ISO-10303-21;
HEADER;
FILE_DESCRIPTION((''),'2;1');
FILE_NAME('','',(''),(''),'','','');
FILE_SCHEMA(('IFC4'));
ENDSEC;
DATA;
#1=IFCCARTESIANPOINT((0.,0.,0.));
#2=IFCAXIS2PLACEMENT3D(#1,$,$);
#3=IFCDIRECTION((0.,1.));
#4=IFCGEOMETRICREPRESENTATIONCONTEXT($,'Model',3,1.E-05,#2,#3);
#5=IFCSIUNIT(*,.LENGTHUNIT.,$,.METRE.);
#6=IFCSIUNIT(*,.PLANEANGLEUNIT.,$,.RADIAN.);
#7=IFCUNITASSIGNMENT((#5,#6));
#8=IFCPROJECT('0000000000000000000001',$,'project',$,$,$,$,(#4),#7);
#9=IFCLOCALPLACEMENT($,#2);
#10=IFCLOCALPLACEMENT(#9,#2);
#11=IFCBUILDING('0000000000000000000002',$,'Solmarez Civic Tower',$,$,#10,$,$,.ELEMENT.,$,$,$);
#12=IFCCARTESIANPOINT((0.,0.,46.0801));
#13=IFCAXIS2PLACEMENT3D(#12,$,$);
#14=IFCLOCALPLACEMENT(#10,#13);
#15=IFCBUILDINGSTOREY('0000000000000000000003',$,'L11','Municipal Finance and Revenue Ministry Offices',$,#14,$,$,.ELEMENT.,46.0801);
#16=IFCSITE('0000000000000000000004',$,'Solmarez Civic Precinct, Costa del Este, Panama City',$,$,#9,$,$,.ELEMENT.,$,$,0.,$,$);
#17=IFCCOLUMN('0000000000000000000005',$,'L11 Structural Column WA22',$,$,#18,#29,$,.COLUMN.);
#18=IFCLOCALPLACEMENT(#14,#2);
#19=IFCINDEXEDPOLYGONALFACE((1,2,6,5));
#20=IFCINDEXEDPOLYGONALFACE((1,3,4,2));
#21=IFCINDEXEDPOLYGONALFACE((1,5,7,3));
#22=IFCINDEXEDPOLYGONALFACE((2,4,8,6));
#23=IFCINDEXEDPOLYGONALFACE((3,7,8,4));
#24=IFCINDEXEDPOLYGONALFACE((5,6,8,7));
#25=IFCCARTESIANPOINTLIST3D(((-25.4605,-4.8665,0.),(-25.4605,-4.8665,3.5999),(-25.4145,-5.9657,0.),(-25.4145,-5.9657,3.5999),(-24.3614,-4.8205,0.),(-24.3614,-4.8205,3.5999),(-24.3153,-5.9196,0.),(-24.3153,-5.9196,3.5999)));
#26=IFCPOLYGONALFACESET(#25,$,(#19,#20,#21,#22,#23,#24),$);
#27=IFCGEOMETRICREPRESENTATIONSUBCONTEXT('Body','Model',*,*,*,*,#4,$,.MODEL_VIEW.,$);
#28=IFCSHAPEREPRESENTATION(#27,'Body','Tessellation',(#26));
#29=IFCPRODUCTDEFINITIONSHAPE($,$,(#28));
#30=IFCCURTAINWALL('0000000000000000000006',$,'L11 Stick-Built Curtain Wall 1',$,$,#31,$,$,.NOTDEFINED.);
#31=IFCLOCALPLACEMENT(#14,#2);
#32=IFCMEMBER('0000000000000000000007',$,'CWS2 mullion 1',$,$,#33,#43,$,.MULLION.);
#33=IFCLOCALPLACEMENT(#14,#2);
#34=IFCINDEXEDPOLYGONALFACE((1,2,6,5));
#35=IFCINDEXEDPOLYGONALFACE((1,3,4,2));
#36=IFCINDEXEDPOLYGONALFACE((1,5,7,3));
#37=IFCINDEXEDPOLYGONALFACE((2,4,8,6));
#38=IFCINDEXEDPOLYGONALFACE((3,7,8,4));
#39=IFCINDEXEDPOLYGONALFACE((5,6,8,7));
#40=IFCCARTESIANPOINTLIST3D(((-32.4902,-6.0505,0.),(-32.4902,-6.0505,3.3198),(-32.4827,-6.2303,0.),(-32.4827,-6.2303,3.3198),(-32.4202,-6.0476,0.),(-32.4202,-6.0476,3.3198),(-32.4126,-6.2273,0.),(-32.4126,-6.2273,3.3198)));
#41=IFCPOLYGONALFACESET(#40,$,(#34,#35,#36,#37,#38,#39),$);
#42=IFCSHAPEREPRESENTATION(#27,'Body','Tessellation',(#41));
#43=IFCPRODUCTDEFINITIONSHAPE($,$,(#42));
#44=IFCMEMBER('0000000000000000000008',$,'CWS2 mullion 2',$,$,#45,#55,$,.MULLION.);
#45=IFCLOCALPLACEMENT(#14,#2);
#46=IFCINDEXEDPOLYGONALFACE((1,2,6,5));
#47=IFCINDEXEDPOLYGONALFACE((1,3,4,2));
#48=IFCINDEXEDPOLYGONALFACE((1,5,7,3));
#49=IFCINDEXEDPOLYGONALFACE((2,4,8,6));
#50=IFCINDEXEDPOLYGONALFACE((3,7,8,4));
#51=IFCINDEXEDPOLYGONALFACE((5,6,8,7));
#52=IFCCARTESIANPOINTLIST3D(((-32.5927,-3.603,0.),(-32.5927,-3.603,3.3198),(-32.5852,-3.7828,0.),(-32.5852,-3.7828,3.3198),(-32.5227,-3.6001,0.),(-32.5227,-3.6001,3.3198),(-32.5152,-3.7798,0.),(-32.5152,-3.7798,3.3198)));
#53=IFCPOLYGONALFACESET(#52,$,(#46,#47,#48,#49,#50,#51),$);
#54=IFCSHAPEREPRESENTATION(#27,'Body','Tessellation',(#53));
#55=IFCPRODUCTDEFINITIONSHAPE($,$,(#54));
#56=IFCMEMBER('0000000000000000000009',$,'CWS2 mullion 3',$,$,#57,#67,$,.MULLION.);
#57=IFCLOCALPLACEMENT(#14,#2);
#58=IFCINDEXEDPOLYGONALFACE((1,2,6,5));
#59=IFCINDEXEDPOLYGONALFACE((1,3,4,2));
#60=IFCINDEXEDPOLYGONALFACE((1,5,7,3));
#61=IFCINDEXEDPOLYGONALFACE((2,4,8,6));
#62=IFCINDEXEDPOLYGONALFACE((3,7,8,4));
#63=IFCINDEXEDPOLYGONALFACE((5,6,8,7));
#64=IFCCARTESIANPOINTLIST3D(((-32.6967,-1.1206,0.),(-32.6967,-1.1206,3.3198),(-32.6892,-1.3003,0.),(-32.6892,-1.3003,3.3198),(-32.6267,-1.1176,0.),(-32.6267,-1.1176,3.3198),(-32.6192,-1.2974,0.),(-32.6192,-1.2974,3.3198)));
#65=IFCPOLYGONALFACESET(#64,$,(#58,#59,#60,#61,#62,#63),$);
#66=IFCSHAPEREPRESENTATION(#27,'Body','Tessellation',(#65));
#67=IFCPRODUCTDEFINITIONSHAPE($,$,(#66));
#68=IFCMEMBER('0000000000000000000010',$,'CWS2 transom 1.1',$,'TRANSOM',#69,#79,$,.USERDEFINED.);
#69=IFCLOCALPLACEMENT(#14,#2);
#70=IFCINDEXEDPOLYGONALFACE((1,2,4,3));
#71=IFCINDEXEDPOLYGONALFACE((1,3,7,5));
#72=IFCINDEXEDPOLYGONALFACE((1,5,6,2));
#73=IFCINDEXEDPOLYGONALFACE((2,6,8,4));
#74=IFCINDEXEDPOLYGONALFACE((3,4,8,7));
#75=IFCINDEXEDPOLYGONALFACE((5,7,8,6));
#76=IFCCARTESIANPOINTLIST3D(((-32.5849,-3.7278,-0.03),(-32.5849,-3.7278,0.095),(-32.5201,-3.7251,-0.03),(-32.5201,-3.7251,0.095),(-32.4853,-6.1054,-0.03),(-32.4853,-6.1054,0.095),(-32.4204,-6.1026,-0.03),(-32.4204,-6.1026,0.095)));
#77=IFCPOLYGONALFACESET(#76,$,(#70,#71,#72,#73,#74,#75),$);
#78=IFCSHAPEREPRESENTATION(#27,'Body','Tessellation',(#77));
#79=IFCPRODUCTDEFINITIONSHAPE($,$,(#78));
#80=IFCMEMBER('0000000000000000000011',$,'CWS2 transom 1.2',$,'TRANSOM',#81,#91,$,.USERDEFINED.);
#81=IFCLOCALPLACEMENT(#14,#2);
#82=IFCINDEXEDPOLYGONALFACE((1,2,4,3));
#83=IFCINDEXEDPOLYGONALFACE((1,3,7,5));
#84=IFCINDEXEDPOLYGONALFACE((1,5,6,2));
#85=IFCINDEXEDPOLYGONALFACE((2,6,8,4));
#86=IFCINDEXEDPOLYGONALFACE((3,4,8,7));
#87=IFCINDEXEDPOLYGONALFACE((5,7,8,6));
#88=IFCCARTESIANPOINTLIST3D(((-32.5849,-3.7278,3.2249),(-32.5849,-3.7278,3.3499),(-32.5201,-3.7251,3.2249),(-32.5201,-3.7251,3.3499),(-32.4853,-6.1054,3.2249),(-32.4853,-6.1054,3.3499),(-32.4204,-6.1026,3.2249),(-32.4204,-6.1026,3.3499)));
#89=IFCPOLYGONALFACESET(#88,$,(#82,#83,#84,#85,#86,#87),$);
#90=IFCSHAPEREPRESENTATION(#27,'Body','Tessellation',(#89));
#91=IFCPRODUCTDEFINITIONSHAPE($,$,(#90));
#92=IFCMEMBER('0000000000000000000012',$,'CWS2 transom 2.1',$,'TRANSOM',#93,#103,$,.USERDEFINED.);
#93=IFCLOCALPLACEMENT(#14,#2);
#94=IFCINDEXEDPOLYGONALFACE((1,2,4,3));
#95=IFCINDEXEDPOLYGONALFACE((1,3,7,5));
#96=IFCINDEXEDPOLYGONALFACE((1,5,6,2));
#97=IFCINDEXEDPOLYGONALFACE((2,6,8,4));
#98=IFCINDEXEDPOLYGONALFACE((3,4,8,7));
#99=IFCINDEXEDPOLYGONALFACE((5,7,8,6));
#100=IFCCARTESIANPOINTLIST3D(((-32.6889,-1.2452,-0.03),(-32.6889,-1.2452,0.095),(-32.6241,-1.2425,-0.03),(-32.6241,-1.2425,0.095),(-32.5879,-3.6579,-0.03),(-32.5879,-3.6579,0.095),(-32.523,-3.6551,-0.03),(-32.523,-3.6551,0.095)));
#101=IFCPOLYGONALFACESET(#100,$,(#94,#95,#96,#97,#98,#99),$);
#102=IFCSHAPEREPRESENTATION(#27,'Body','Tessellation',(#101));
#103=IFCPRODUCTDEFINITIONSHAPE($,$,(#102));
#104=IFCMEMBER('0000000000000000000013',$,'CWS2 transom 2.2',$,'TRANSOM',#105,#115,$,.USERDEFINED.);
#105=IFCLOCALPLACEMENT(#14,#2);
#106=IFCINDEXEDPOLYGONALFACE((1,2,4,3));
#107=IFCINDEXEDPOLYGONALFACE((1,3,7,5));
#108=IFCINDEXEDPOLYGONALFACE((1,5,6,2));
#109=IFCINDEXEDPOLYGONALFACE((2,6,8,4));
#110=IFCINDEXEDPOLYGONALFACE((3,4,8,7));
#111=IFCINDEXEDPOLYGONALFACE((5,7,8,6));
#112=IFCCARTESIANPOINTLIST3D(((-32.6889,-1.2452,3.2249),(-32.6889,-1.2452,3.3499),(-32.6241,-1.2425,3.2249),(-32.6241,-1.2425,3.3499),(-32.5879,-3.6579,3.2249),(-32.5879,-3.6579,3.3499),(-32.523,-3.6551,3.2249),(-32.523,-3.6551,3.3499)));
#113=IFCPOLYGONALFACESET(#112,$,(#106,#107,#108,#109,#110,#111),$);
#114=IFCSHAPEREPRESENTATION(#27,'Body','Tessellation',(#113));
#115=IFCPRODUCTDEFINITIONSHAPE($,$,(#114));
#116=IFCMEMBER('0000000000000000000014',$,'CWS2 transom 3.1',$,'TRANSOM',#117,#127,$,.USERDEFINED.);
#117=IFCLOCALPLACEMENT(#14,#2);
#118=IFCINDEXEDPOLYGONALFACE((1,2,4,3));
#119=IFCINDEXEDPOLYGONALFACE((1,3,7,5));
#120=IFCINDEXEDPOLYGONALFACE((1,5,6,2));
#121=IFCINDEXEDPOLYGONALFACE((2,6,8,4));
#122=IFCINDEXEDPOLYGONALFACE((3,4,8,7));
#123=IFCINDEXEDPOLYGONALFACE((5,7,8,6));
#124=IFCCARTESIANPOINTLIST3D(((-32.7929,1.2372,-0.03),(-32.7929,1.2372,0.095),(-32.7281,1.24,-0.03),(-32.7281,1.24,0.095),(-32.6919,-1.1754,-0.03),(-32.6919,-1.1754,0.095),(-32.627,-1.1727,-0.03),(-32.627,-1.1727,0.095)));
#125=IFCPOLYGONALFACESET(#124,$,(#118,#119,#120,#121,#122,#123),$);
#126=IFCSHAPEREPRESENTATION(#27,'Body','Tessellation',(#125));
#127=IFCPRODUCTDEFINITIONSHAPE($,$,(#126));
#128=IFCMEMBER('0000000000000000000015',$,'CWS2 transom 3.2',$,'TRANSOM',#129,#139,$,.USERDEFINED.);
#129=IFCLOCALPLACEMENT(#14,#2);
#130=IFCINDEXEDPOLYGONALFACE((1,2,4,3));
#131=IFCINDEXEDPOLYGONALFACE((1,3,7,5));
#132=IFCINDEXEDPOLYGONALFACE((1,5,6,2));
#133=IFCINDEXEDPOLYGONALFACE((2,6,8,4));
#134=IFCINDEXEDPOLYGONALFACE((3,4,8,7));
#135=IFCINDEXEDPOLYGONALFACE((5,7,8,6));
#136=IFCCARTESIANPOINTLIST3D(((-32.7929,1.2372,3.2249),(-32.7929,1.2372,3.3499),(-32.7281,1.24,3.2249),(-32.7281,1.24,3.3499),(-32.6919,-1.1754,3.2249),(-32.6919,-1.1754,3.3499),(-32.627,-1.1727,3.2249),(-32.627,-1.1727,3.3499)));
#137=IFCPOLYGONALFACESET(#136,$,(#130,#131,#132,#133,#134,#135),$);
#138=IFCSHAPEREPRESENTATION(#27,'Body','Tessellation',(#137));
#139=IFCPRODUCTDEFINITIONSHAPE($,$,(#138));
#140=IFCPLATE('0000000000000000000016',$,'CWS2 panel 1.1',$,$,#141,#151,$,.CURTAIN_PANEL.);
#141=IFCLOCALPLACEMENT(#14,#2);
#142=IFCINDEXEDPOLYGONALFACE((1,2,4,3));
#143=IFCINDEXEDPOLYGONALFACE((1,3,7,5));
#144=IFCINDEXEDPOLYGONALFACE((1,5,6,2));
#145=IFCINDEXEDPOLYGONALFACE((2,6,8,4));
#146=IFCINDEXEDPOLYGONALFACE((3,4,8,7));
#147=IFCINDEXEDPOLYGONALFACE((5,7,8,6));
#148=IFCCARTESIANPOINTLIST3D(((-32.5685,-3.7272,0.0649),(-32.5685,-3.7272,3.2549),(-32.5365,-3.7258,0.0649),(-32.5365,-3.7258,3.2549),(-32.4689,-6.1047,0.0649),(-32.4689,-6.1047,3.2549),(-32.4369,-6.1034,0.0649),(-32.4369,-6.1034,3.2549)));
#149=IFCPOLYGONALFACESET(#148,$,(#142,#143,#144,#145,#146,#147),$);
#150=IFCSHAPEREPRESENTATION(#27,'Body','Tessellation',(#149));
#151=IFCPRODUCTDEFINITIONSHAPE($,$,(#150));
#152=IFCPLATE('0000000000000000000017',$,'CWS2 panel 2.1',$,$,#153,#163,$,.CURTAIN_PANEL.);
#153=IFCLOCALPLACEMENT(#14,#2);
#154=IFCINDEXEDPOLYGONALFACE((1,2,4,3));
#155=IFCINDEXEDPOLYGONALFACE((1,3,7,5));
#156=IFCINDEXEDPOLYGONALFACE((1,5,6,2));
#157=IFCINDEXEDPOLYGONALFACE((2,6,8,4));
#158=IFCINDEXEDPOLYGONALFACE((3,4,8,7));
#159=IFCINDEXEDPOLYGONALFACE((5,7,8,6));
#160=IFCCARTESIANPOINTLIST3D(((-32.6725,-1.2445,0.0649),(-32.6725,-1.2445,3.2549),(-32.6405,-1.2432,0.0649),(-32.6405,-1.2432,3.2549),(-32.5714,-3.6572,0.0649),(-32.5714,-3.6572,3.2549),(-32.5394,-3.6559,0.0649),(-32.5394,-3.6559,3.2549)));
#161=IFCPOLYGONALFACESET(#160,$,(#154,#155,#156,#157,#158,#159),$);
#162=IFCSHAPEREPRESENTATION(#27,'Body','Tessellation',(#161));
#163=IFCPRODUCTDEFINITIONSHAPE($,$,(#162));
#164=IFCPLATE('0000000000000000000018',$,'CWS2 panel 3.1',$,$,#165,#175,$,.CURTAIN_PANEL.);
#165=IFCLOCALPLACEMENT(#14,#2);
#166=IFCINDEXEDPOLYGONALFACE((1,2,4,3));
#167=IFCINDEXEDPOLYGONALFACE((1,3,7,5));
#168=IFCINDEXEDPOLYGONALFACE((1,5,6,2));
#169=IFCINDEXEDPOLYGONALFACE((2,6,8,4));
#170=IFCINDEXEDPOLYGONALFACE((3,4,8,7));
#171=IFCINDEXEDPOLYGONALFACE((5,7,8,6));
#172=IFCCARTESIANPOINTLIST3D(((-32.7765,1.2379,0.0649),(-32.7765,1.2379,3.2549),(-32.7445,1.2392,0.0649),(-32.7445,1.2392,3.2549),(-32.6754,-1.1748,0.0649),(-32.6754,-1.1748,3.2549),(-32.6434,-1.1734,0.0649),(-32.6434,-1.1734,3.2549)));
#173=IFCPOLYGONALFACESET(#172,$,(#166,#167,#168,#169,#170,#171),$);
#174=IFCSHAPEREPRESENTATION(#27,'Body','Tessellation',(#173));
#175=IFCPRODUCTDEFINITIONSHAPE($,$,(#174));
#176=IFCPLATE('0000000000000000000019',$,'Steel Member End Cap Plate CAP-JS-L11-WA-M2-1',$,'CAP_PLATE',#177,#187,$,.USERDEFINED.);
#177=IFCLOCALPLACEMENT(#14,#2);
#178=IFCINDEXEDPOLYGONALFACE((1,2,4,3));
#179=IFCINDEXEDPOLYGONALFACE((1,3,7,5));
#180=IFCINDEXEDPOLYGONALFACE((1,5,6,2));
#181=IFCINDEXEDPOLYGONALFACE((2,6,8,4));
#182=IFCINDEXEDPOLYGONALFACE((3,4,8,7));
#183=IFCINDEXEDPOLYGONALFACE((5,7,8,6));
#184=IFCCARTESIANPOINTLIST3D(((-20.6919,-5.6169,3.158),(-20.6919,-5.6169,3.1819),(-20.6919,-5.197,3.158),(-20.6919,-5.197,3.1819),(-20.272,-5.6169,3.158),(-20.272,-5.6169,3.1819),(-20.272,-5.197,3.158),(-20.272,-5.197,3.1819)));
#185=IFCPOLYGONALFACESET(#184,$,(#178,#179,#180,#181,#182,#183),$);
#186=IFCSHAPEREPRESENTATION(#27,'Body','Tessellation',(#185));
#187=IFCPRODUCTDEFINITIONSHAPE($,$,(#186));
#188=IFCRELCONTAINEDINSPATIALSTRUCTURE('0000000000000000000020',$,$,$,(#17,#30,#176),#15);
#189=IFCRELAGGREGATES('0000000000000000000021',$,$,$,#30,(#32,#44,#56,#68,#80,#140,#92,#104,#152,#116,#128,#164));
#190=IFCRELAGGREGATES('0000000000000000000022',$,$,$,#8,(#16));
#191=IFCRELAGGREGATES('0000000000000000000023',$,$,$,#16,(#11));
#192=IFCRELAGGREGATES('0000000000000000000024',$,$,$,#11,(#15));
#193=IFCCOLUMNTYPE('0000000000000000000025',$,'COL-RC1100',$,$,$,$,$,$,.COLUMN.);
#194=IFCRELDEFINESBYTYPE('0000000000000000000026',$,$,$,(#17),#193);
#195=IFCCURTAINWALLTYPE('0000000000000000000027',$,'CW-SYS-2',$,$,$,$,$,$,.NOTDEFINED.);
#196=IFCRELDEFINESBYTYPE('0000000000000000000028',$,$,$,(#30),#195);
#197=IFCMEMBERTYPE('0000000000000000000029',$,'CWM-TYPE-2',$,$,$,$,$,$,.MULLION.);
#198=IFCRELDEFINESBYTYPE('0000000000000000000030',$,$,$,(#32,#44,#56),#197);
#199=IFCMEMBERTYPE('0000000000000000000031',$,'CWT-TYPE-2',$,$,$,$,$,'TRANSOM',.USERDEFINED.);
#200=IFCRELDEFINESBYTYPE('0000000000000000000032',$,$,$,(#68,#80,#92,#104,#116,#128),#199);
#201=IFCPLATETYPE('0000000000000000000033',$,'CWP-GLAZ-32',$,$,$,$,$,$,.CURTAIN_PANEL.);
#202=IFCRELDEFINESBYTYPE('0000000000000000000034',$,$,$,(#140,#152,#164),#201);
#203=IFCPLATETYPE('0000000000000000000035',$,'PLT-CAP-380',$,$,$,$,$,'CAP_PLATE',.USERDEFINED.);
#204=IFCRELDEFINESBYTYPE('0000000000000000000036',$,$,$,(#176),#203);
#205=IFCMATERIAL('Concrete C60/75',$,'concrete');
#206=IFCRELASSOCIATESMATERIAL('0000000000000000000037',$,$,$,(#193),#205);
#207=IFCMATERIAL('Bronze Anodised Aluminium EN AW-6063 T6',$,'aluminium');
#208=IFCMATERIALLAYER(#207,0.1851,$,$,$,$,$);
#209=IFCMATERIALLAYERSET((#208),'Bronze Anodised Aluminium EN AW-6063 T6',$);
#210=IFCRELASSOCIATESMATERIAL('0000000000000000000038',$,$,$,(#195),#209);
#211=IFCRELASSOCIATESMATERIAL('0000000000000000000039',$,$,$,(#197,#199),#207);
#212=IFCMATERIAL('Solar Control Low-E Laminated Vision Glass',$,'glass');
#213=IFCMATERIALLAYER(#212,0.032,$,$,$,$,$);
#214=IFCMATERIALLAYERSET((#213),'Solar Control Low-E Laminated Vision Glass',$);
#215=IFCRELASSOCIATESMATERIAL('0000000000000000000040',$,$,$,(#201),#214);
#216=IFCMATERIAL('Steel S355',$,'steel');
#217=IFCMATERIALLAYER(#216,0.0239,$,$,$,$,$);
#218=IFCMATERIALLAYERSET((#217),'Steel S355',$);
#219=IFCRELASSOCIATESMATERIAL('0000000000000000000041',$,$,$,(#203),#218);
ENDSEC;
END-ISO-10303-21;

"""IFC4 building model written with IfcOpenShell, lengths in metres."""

from ifc_helpers import new_model, si_unit, direction, frame, origin, origin_2d, place, context, subcontext, project, spatial, rectangle, extrude, material, layer, layer_set, material_profile, profile_set, type_object, element, aggregate, save


model = new_model("IFC4")

# Units and contexts
model_context = context("Model", 3, precision=1e-05, world=origin(), true_north=direction((0.0, 1.0)))
body_context = subcontext(model_context, "Body", "Model", "MODEL_VIEW")
ifc_project = project(units=[si_unit("LENGTHUNIT", "METRE"), si_unit("PLANEANGLEUNIT", "RADIAN")], contexts=[model_context])

# Site, building, storey
site_placement = place(None, origin())
site = spatial("IfcSite", under=ifc_project, at=site_placement, Name="Solmarez Civic Precinct, Costa del Este, Panama City", CompositionType="ELEMENT", RefElevation=0.0)
building_placement = place(site_placement, origin())
building = spatial("IfcBuilding", under=site, at=building_placement, Name="Solmarez Civic Tower", CompositionType="ELEMENT")
storey_placement = place(building_placement, frame((0.0, 0.0, 46.0801)))
storey = spatial("IfcBuildingStorey", under=building, at=storey_placement, Name="L11", Description="Municipal Finance and Revenue Ministry Offices", CompositionType="ELEMENT", Elevation=46.0801)

# Column
ifc_material_1 = material(Name="Concrete C60/75", Category="concrete")
ifc_material_profile_1 = material_profile(ifc_material_1, rectangle(XDim=1.1001, YDim=1.1001, at=origin_2d()), Name="RC1100X1100")
ifc_profile_set_1 = profile_set([ifc_material_profile_1], Name="Concrete C60/75")
column_type = type_object("IfcColumnType", Name="COL-RC1100", PredefinedType="COLUMN", material=ifc_profile_set_1)
column_placement = place(storey_placement, frame((-24.8879, -5.3931, 0.0), z_axis=(0.0, 0.0, 1.0), x_axis=(0.999123, 0.041876, 0.0)))
element("IfcColumn", 1, at=column_placement, inside=storey, type_object=column_type, Name="L11 Structural Column WA22", PredefinedType="COLUMN", context=body_context, shape_type="SweptSolid", body=[
    extrude(rectangle(XDim=1.1001, YDim=1.1001, at=origin_2d()), origin(), (0.0, 0.0, 1.0), 3.5999),
])

# Curtain wall, members, plates
ifc_material_2 = material(Name="Bronze Anodised Aluminium EN AW-6063 T6", Category="aluminium")
ifc_layer_1 = layer(ifc_material_2, 0.1851)
ifc_layer_set_1 = layer_set([ifc_layer_1], Name="Bronze Anodised Aluminium EN AW-6063 T6")
curtain_wall_type = type_object("IfcCurtainWallType", Name="CW-SYS-2", PredefinedType="NOTDEFINED", material=ifc_layer_set_1)
curtain_wall_placement = place(storey_placement, origin())
curtain_wall = element("IfcCurtainWall", 2, at=curtain_wall_placement, inside=storey, type_object=curtain_wall_type, Name="L11 Stick-Built Curtain Wall 1", PredefinedType="NOTDEFINED")
ifc_material_profile_2 = material_profile(ifc_material_2, rectangle(XDim=0.0701, YDim=0.1799, at=origin_2d()), Name="CWM-70X180")
ifc_profile_set_2 = profile_set([ifc_material_profile_2], Name="Bronze Anodised Aluminium EN AW-6063 T6")
member_type_1 = type_object("IfcMemberType", Name="CWM-TYPE-2", PredefinedType="MULLION", material=ifc_profile_set_2)
member_1_placement = place(storey_placement, frame((-32.4514, -6.1389, 0.0), z_axis=(0.0, 0.0, 1.0), x_axis=(-0.999124, -0.041857, 0.0)))
member_1 = element("IfcMember", 3, at=member_1_placement, type_object=member_type_1, Name="CWS2 mullion 1", PredefinedType="MULLION", context=body_context, shape_type="SweptSolid", body=[
    extrude(rectangle(XDim=0.0701, YDim=0.1799, at=origin_2d()), origin(), (0.0, 0.0, 1.0), 3.3198),
])
member_2_placement = place(storey_placement, frame((-32.554, -3.6914, 0.0), z_axis=(0.0, 0.0, 1.0), x_axis=(-0.999124, -0.041857, 0.0)))
member_2 = element("IfcMember", 4, at=member_2_placement, type_object=member_type_1, Name="CWS2 mullion 2", PredefinedType="MULLION", context=body_context, shape_type="SweptSolid", body=[
    extrude(rectangle(XDim=0.0701, YDim=0.1799, at=origin_2d()), origin(), (0.0, 0.0, 1.0), 3.3198),
])
member_3_placement = place(storey_placement, frame((-32.658, -1.209, 0.0), z_axis=(0.0, 0.0, 1.0), x_axis=(-0.999124, -0.041857, 0.0)))
member_3 = element("IfcMember", 5, at=member_3_placement, type_object=member_type_1, Name="CWS2 mullion 3", PredefinedType="MULLION", context=body_context, shape_type="SweptSolid", body=[
    extrude(rectangle(XDim=0.0701, YDim=0.1799, at=origin_2d()), origin(), (0.0, 0.0, 1.0), 3.3198),
])
ifc_material_profile_3 = material_profile(ifc_material_2, rectangle(XDim=0.0649, YDim=0.125, at=origin_2d()), Name="CWT-65X125")
ifc_profile_set_3 = profile_set([ifc_material_profile_3], Name="Bronze Anodised Aluminium EN AW-6063 T6")
member_type_2 = type_object("IfcMemberType", Name="CWT-TYPE-2", ElementType="TRANSOM", PredefinedType="USERDEFINED", material=ifc_profile_set_3)
member_4_placement = place(storey_placement, frame((-32.4529, -6.104, 0.0325), z_axis=(-0.041861, 0.999123, 0.0), x_axis=(-0.999123, -0.041861, 0.0)))
member_4 = element("IfcMember", 6, at=member_4_placement, type_object=member_type_2, Name="CWS2 transom 1.1", ObjectType="TRANSOM", PredefinedType="USERDEFINED", context=body_context, shape_type="SweptSolid", body=[
    extrude(rectangle(XDim=0.0649, YDim=0.125, at=origin_2d()), origin(), (0.0, 0.0, 1.0), 2.3796),
])
member_5_placement = place(storey_placement, frame((-32.4529, -6.104, 3.2874), z_axis=(-0.041861, 0.999123, 0.0), x_axis=(-0.999123, -0.041861, 0.0)))
member_5 = element("IfcMember", 7, at=member_5_placement, type_object=member_type_2, Name="CWS2 transom 1.2", ObjectType="TRANSOM", PredefinedType="USERDEFINED", context=body_context, shape_type="SweptSolid", body=[
    extrude(rectangle(XDim=0.0649, YDim=0.125, at=origin_2d()), origin(), (0.0, 0.0, 1.0), 2.3796),
])
member_6_placement = place(storey_placement, frame((-32.5554, -3.6565, 0.0325), z_axis=(-0.041858, 0.999124, 0.0), x_axis=(-0.999124, -0.041858, 0.0)))
member_6 = element("IfcMember", 8, at=member_6_placement, type_object=member_type_2, Name="CWS2 transom 2.1", ObjectType="TRANSOM", PredefinedType="USERDEFINED", context=body_context, shape_type="SweptSolid", body=[
    extrude(rectangle(XDim=0.0649, YDim=0.125, at=origin_2d()), origin(), (0.0, 0.0, 1.0), 2.4148),
])
member_7_placement = place(storey_placement, frame((-32.5554, -3.6565, 3.2874), z_axis=(-0.041858, 0.999124, 0.0), x_axis=(-0.999124, -0.041858, 0.0)))
member_7 = element("IfcMember", 9, at=member_7_placement, type_object=member_type_2, Name="CWS2 transom 2.2", ObjectType="TRANSOM", PredefinedType="USERDEFINED", context=body_context, shape_type="SweptSolid", body=[
    extrude(rectangle(XDim=0.0649, YDim=0.125, at=origin_2d()), origin(), (0.0, 0.0, 1.0), 2.4148),
])
member_8_placement = place(storey_placement, frame((-32.6594, -1.1741, 0.0325), z_axis=(-0.041858, 0.999124, 0.0), x_axis=(-0.999124, -0.041858, 0.0)))
member_8 = element("IfcMember", 10, at=member_8_placement, type_object=member_type_2, Name="CWS2 transom 3.1", ObjectType="TRANSOM", PredefinedType="USERDEFINED", context=body_context, shape_type="SweptSolid", body=[
    extrude(rectangle(XDim=0.0649, YDim=0.125, at=origin_2d()), origin(), (0.0, 0.0, 1.0), 2.4148),
])
member_9_placement = place(storey_placement, frame((-32.6594, -1.1741, 3.2874), z_axis=(-0.041858, 0.999124, 0.0), x_axis=(-0.999124, -0.041858, 0.0)))
member_9 = element("IfcMember", 11, at=member_9_placement, type_object=member_type_2, Name="CWS2 transom 3.2", ObjectType="TRANSOM", PredefinedType="USERDEFINED", context=body_context, shape_type="SweptSolid", body=[
    extrude(rectangle(XDim=0.0649, YDim=0.125, at=origin_2d()), origin(), (0.0, 0.0, 1.0), 2.4148),
])
ifc_material_3 = material(Name="Solar Control Low-E Laminated Vision Glass", Category="glass")
ifc_layer_2 = layer(ifc_material_3, 0.032)
ifc_layer_set_2 = layer_set([ifc_layer_2], Name="Solar Control Low-E Laminated Vision Glass")
plate_type_1 = type_object("IfcPlateType", Name="CWP-GLAZ-32", PredefinedType="CURTAIN_PANEL", material=ifc_layer_set_2)
plate_1_placement = place(storey_placement, frame((-32.5027, -4.9153, 0.0649), z_axis=(0.0, 0.0, 1.0), x_axis=(-0.041857, 0.999124, 0.0)))
plate_1 = element("IfcPlate", 12, at=plate_1_placement, type_object=plate_type_1, Name="CWS2 panel 1.1", PredefinedType="CURTAIN_PANEL", context=body_context, shape_type="SweptSolid", body=[
    extrude(rectangle(XDim=2.3796, YDim=0.032, at=origin_2d()), origin(), (0.0, 0.0, 1.0), 3.1899),
])
plate_2_placement = place(storey_placement, frame((-32.606, -2.4502, 0.0649), z_axis=(0.0, 0.0, 1.0), x_axis=(-0.041857, 0.999124, 0.0)))
plate_2 = element("IfcPlate", 13, at=plate_2_placement, type_object=plate_type_1, Name="CWS2 panel 2.1", PredefinedType="CURTAIN_PANEL", context=body_context, shape_type="SweptSolid", body=[
    extrude(rectangle(XDim=2.4148, YDim=0.032, at=origin_2d()), origin(), (0.0, 0.0, 1.0), 3.1899),
])
plate_3_placement = place(storey_placement, frame((-32.71, 0.0322, 0.0649), z_axis=(0.0, 0.0, 1.0), x_axis=(-0.041857, 0.999124, 0.0)))
plate_3 = element("IfcPlate", 14, at=plate_3_placement, type_object=plate_type_1, Name="CWS2 panel 3.1", PredefinedType="CURTAIN_PANEL", context=body_context, shape_type="SweptSolid", body=[
    extrude(rectangle(XDim=2.4148, YDim=0.032, at=origin_2d()), origin(), (0.0, 0.0, 1.0), 3.1899),
])
aggregate(curtain_wall, [member_1, member_2, member_3, member_4, member_5, plate_1, member_6, member_7, plate_2, member_8, member_9, plate_3])

# Plate
ifc_material_4 = material(Name="Steel S355", Category="steel")
ifc_layer_3 = layer(ifc_material_4, 0.0239)
ifc_layer_set_3 = layer_set([ifc_layer_3], Name="Steel S355")
plate_type_2 = type_object("IfcPlateType", Name="PLT-CAP-380", ElementType="CAP_PLATE", PredefinedType="USERDEFINED", material=ifc_layer_set_3)
plate_4_placement = place(storey_placement, frame((-20.4819, -5.407, 3.158), z_axis=(0.0, 0.0, 1.0), x_axis=(1.0, 0.0, 0.0)))
element("IfcPlate", 15, at=plate_4_placement, inside=storey, type_object=plate_type_2, Name="Steel Member End Cap Plate CAP-JS-L11-WA-M2-1", ObjectType="CAP_PLATE", PredefinedType="USERDEFINED", context=body_context, shape_type="SweptSolid", body=[
    extrude(rectangle(XDim=0.4199, YDim=0.4199, at=origin_2d()), origin(), (0.0, 0.0, 1.0), 0.0239),
])

save(model, "model.ifc")
